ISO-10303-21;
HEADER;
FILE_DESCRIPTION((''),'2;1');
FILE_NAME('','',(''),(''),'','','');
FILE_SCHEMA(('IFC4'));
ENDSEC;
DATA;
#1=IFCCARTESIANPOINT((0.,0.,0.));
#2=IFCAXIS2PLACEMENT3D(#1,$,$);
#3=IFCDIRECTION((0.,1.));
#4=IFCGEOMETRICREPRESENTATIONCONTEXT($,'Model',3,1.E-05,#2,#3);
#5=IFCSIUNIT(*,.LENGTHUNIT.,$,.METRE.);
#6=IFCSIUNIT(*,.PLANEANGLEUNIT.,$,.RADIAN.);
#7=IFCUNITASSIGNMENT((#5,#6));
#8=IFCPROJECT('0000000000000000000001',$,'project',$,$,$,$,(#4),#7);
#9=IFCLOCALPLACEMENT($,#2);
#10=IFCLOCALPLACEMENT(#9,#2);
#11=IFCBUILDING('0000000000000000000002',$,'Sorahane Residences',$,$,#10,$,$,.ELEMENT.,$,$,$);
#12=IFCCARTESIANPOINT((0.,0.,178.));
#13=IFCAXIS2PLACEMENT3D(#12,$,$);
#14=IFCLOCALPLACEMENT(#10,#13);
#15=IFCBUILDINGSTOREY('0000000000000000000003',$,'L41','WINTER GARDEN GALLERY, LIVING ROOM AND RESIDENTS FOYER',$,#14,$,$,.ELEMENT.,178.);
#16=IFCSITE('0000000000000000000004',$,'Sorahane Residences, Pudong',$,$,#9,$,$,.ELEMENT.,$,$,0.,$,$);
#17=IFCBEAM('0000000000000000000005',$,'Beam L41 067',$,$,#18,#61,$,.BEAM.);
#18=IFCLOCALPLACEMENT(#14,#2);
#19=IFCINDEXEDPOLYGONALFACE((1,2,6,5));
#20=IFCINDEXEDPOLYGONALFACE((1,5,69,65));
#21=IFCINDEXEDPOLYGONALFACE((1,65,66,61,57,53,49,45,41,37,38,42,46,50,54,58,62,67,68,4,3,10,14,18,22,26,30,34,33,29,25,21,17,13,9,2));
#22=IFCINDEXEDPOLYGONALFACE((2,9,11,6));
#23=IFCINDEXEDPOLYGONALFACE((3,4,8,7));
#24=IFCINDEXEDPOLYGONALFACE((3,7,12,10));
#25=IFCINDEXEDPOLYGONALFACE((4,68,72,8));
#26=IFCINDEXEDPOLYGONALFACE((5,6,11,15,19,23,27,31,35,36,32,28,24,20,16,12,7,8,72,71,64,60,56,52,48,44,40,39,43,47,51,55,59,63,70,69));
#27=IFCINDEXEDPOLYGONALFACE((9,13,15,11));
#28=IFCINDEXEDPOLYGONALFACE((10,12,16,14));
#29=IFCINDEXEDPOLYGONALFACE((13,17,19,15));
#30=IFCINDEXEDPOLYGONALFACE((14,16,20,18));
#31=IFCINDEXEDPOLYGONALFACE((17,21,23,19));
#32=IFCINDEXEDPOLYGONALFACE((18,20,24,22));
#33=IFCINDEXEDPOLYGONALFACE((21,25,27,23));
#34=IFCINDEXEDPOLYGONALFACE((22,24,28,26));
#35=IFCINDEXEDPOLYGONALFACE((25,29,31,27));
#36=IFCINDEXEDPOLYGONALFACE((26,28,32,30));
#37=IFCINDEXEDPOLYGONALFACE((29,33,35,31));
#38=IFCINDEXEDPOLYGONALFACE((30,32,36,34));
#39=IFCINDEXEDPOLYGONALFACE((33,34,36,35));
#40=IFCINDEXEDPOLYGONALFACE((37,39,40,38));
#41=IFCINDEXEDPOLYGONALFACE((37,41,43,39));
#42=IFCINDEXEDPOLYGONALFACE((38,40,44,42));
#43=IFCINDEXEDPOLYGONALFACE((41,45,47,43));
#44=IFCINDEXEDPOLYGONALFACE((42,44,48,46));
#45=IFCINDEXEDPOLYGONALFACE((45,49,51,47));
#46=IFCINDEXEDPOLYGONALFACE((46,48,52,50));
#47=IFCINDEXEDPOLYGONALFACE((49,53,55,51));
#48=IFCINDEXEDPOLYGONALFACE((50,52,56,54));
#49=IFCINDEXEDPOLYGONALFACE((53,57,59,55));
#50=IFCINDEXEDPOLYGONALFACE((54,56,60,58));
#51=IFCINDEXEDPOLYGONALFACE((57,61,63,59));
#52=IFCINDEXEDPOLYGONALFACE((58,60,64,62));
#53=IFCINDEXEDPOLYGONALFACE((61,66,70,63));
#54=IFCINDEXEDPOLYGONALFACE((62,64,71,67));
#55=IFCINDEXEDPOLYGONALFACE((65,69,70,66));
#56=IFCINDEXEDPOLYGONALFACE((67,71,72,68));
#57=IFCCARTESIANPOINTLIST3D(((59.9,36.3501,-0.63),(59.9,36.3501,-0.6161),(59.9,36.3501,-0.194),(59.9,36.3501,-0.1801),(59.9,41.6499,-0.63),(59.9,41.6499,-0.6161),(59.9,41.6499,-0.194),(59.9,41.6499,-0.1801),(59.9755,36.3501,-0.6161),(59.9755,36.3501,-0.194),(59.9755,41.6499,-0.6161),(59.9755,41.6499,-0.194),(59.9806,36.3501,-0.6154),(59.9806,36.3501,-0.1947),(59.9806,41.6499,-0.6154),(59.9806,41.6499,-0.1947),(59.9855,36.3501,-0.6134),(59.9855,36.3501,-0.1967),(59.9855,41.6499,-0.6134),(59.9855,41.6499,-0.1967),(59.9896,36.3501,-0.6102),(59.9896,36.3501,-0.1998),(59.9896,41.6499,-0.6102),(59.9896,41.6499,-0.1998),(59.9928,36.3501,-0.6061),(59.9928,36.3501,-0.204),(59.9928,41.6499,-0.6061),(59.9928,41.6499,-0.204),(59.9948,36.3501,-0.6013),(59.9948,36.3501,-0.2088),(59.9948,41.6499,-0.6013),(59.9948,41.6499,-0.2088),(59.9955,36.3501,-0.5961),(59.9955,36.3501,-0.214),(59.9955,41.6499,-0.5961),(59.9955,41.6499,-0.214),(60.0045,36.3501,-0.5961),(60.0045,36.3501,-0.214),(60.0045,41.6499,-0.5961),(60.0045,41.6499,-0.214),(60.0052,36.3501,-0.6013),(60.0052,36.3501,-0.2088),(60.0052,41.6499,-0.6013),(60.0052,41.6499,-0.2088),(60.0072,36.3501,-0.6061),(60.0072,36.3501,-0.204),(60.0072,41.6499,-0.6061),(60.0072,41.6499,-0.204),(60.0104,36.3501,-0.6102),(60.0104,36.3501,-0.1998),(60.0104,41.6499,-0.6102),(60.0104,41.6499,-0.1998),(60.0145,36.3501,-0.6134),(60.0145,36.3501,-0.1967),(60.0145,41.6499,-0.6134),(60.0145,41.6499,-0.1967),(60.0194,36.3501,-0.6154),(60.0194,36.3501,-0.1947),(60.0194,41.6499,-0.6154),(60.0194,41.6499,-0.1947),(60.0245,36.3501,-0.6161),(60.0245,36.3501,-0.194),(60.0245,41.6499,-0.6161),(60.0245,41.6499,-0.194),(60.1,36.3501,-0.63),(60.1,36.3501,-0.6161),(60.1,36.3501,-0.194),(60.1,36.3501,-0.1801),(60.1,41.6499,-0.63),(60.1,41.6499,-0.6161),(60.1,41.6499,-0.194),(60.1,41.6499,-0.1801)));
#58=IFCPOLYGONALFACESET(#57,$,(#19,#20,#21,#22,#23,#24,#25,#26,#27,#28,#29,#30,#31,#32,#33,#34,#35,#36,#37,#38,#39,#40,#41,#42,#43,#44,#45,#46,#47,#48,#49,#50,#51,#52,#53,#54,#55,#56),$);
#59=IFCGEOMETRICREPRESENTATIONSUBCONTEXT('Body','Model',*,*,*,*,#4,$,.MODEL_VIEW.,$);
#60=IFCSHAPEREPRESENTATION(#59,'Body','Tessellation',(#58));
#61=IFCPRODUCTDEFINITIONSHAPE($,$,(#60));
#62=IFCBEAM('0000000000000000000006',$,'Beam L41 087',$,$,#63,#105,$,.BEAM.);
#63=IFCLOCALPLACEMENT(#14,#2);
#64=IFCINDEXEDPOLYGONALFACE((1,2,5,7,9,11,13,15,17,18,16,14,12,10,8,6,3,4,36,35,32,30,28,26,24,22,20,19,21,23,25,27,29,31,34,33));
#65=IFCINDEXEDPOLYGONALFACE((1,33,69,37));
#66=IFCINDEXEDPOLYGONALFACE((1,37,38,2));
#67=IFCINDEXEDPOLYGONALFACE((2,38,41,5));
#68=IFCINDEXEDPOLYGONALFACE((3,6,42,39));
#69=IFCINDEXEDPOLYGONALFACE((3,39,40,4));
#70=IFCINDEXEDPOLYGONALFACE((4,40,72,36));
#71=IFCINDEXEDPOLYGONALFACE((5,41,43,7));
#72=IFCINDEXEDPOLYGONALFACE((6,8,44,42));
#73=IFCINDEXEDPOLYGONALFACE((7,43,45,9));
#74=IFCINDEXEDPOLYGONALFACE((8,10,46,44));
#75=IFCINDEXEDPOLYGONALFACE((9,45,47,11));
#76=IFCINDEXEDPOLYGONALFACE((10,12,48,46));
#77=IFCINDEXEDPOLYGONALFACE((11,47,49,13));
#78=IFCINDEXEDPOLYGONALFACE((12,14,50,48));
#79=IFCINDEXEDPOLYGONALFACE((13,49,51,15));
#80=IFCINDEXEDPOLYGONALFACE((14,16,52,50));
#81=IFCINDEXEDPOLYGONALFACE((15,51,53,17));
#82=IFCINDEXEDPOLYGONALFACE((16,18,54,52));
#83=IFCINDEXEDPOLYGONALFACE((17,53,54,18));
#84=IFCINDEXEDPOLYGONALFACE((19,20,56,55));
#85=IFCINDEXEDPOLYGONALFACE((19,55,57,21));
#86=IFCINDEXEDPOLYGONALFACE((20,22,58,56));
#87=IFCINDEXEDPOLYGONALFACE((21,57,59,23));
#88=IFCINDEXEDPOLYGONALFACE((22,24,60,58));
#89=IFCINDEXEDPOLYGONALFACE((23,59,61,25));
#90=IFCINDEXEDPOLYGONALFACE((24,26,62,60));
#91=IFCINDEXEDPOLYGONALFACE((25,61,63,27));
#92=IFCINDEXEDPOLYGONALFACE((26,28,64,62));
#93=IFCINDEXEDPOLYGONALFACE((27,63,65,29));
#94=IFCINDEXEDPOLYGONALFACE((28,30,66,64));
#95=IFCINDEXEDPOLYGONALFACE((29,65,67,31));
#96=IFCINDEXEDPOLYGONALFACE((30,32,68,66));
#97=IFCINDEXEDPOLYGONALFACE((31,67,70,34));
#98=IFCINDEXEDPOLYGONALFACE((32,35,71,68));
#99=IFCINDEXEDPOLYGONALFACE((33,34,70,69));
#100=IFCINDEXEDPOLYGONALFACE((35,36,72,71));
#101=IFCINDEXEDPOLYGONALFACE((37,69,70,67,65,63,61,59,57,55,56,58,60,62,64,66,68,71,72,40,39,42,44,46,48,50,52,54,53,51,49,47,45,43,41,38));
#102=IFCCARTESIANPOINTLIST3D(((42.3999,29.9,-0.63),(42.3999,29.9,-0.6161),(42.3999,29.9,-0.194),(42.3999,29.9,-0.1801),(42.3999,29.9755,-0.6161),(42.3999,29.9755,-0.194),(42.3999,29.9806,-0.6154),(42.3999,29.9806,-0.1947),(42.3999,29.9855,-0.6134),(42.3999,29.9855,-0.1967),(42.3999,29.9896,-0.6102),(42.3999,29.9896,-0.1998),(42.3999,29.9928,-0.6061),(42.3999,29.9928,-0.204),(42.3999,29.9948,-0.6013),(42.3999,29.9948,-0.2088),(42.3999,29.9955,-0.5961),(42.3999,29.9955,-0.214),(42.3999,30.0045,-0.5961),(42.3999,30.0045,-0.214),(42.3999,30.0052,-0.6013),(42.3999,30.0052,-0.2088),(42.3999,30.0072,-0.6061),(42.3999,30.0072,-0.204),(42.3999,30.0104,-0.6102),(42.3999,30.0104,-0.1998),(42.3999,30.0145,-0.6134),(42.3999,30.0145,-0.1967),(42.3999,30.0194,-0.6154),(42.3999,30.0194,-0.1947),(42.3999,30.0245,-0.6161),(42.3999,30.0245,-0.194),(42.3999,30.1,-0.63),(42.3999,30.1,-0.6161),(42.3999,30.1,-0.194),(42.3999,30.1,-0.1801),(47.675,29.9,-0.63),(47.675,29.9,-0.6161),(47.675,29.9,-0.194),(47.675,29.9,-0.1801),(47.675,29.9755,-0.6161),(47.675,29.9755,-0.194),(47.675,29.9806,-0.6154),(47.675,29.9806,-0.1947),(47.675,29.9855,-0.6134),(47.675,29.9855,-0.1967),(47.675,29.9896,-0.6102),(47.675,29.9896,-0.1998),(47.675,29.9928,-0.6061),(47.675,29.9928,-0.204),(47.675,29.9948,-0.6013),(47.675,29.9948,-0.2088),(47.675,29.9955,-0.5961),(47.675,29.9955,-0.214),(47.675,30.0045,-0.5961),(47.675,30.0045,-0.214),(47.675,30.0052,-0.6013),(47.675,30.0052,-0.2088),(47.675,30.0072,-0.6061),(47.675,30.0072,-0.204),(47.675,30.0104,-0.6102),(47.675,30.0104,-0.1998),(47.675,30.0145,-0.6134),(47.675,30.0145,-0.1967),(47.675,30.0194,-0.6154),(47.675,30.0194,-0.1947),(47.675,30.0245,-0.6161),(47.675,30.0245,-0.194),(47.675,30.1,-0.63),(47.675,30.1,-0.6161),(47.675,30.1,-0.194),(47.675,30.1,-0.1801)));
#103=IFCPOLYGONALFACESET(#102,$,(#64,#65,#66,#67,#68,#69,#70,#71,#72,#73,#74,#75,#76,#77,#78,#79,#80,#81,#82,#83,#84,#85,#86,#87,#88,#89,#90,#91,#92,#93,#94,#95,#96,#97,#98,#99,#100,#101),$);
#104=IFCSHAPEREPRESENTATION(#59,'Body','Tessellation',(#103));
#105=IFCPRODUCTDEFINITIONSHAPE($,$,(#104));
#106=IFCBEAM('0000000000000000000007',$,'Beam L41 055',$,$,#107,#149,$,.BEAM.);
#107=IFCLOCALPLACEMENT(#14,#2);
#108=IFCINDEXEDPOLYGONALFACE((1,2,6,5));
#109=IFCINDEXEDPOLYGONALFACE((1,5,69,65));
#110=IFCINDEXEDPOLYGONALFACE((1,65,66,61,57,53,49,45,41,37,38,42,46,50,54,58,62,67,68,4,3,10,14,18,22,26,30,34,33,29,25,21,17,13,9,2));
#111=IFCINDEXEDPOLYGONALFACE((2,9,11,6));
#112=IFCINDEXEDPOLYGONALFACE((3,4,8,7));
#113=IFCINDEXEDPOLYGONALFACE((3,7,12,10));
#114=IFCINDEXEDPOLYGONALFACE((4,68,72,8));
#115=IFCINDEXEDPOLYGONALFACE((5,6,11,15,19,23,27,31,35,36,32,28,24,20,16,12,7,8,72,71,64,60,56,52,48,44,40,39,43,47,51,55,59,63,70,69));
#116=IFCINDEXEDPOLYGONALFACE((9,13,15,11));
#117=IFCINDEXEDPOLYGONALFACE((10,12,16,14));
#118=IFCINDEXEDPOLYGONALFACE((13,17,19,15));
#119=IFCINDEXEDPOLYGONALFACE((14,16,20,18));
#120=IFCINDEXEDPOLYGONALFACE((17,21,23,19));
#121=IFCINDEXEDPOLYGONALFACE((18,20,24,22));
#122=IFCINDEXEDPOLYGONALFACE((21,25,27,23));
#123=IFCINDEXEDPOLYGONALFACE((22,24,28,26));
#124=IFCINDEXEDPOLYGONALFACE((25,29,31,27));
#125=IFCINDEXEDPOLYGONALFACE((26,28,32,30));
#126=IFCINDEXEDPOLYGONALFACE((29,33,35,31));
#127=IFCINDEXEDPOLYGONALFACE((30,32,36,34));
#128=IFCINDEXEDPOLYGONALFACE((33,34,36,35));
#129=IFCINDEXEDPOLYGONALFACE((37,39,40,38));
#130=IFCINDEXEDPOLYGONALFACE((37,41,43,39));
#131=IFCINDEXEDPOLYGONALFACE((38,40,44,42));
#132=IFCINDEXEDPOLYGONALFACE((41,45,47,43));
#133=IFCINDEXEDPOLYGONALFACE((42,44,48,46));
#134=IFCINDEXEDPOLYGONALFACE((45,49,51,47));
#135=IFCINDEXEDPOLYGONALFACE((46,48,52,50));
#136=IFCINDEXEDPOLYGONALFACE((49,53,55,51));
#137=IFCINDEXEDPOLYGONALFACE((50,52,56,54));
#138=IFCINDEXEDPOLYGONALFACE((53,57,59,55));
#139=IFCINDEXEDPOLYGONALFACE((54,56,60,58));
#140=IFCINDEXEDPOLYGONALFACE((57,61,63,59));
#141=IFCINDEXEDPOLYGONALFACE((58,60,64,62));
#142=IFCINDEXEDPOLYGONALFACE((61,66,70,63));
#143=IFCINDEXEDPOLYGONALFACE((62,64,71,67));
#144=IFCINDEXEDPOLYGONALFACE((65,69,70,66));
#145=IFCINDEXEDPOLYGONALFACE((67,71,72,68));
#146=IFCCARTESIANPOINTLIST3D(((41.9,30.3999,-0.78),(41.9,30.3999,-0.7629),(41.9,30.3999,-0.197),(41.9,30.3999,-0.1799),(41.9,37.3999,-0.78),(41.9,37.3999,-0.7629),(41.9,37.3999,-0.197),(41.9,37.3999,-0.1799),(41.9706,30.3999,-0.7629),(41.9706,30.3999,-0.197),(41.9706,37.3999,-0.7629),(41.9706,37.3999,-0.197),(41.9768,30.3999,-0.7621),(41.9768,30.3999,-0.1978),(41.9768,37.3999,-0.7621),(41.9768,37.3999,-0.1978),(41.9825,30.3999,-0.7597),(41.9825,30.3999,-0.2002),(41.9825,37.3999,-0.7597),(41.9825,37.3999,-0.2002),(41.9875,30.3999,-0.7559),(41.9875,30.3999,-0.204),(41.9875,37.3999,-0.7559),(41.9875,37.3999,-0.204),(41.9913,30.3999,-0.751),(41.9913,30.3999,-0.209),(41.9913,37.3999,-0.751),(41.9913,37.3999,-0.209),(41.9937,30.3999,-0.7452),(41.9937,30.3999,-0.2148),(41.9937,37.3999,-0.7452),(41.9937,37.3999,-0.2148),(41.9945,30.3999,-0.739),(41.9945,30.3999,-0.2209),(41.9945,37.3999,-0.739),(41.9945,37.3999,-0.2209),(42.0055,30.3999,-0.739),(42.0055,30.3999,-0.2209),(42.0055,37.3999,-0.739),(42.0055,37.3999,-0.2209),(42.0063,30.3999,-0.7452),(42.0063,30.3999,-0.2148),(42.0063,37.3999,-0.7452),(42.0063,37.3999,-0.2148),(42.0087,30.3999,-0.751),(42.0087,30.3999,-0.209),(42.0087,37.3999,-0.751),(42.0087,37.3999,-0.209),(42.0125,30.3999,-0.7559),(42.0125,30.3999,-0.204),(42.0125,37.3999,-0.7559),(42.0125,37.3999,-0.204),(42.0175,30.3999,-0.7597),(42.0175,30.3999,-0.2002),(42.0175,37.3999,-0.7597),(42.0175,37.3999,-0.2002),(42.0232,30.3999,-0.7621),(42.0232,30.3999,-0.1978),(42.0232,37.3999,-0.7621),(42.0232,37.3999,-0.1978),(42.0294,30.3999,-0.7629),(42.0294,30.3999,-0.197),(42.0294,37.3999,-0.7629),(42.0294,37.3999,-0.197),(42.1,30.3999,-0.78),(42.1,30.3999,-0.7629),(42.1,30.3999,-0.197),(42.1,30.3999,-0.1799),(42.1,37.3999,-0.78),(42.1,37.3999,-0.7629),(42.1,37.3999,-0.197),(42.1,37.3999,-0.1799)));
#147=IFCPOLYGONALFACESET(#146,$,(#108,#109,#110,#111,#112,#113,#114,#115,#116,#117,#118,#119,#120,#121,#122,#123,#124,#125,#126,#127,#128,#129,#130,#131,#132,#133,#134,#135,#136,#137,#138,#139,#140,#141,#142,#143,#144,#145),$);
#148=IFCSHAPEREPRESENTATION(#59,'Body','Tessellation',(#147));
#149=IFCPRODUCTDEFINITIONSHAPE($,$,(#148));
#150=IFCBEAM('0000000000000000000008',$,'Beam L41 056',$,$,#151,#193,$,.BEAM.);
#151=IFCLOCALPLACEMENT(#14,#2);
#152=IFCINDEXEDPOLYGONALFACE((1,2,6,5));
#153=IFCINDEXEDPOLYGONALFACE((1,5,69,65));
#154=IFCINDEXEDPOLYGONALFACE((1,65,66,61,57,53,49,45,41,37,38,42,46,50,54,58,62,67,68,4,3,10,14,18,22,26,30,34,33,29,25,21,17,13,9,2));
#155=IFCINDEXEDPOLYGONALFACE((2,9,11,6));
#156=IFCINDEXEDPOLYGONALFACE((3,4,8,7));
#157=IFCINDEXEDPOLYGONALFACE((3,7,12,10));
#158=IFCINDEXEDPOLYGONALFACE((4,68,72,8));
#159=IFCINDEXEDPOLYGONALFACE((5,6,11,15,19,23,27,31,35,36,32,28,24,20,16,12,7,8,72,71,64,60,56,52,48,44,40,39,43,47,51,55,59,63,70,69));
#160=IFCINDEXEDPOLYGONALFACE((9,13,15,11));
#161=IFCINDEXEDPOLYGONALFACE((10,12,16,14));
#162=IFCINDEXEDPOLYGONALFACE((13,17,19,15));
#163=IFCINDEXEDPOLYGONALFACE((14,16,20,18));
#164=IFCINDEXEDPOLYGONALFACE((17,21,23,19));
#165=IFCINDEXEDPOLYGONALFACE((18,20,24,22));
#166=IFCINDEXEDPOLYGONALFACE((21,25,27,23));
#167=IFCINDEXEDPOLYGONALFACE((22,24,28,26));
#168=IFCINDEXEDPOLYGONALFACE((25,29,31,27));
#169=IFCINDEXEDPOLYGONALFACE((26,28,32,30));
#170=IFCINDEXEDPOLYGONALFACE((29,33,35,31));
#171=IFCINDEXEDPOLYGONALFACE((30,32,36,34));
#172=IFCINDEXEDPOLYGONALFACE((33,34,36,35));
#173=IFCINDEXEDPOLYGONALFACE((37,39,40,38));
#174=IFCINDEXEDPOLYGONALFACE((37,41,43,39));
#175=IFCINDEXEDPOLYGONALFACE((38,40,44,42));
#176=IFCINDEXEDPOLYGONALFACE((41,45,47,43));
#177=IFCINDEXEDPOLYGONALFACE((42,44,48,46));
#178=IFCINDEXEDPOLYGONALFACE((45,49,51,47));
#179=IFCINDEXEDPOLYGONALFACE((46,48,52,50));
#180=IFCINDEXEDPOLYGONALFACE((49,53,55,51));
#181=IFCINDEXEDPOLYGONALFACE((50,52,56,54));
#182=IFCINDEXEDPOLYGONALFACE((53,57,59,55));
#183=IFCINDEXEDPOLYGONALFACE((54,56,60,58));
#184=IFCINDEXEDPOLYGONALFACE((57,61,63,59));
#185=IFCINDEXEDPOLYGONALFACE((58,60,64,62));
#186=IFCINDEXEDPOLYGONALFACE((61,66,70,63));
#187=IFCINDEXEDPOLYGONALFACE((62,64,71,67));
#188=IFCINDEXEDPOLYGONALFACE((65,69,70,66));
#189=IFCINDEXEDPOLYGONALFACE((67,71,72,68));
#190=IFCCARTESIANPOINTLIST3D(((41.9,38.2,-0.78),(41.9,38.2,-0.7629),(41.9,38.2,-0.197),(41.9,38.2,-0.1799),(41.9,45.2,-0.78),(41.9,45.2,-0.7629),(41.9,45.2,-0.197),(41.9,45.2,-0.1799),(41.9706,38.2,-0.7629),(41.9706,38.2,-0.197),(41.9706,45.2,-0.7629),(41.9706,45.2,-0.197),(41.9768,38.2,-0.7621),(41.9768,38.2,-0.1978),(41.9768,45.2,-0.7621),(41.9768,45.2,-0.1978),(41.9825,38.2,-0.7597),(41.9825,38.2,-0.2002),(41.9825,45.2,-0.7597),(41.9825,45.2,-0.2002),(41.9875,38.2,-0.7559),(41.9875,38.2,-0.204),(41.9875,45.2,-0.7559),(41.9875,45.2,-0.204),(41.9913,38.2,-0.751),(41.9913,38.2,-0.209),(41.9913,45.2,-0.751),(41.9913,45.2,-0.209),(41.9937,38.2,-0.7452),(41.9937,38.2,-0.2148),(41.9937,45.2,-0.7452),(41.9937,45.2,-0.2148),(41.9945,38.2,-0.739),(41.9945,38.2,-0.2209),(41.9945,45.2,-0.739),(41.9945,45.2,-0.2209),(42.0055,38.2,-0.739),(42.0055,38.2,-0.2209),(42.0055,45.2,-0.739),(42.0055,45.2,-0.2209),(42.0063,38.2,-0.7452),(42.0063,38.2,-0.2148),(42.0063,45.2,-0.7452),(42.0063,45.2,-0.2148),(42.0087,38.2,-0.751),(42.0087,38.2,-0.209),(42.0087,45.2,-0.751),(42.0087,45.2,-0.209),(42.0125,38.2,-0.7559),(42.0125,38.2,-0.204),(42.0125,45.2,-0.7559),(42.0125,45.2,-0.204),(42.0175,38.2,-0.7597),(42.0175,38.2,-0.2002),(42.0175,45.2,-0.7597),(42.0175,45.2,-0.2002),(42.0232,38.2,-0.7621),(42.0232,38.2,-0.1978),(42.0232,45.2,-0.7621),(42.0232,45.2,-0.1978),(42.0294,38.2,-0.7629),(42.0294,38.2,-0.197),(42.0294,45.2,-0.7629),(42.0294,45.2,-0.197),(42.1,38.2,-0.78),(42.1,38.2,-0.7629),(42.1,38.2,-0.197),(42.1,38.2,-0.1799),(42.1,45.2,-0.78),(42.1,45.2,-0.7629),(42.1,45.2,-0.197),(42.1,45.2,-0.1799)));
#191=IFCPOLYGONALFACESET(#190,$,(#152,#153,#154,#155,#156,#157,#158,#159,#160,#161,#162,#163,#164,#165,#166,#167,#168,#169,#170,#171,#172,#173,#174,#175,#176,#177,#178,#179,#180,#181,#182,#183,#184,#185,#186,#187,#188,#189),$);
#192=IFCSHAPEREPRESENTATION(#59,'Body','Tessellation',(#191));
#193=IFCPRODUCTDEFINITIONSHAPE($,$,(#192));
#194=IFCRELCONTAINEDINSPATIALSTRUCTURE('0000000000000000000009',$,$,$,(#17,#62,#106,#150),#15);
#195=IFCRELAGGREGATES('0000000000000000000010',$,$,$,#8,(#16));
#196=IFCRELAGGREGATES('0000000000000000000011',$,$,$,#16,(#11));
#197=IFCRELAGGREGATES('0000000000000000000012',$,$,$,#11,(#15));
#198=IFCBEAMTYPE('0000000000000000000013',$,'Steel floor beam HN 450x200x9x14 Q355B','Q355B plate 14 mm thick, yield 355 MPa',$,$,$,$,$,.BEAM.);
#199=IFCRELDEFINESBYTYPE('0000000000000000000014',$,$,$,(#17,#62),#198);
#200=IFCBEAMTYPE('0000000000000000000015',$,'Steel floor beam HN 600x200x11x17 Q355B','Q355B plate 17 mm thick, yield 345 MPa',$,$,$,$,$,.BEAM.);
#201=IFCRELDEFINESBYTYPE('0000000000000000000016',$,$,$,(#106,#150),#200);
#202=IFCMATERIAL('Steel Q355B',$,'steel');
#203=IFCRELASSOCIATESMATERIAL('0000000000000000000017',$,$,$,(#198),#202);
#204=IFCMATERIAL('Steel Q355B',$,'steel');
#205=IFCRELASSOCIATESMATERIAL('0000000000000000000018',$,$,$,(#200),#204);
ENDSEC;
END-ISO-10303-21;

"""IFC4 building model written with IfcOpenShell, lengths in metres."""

from ifc_helpers import new_model, si_unit, direction, frame, origin, origin_2d, place, context, subcontext, project, spatial, i_section, extrude, material, material_profile, profile_set, type_object, element, save


model = new_model("IFC4")

# Units and contexts
model_context = context("Model", 3, precision=1e-05, world=origin(), true_north=direction((0.0, 1.0)))
body_context = subcontext(model_context, "Body", "Model", "MODEL_VIEW")
ifc_project = project(units=[si_unit("LENGTHUNIT", "METRE"), si_unit("PLANEANGLEUNIT", "RADIAN")], contexts=[model_context])

# Site, building, storey
site_placement = place(None, origin())
site = spatial("IfcSite", under=ifc_project, at=site_placement, Name="Sorahane Residences, Pudong", CompositionType="ELEMENT", RefElevation=0.0)
building_placement = place(site_placement, origin())
building = spatial("IfcBuilding", under=site, at=building_placement, Name="Sorahane Residences", CompositionType="ELEMENT")
storey_placement = place(building_placement, frame((0.0, 0.0, 178.0)))
storey = spatial("IfcBuildingStorey", under=building, at=storey_placement, Name="L41", Description="WINTER GARDEN GALLERY, LIVING ROOM AND RESIDENTS FOYER", CompositionType="ELEMENT", Elevation=178.0)

# Beams
ifc_material_1 = material(Name="Steel Q355B", Category="steel")
ifc_material_profile_1 = material_profile(ifc_material_1, i_section(OverallWidth=0.2, OverallDepth=0.45, WebThickness=0.009, FlangeThickness=0.0139, FilletRadius=0.02, at=origin_2d()), Name="HN 450x200x9x14")
ifc_profile_set_1 = profile_set([ifc_material_profile_1], Name="Steel Q355B")
beam_type_1 = type_object("IfcBeamType", Name="Steel floor beam HN 450x200x9x14 Q355B", Description="Q355B plate 14 mm thick, yield 355 MPa", PredefinedType="BEAM", material=ifc_profile_set_1)
beam_1_placement = place(storey_placement, frame((60.0, 36.3501, -0.405), z_axis=(0.0, 1.0, 0.0), x_axis=(-1.0, 0.0, 0.0)))
element("IfcBeam", 1, at=beam_1_placement, inside=storey, type_object=beam_type_1, Name="Beam L41 067", PredefinedType="BEAM", context=body_context, shape_type="SweptSolid", body=[
    extrude(i_section(OverallWidth=0.2, OverallDepth=0.45, WebThickness=0.009, FlangeThickness=0.0139, FilletRadius=0.02, at=origin_2d()), origin(), (0.0, 0.0, 1.0), 5.2998),
])
beam_2_placement = place(storey_placement, frame((42.3999, 30.0, -0.405), z_axis=(1.0, 0.0, 0.0), x_axis=(0.0, 1.0, 0.0)))
element("IfcBeam", 2, at=beam_2_placement, inside=storey, type_object=beam_type_1, Name="Beam L41 087", PredefinedType="BEAM", context=body_context, shape_type="SweptSolid", body=[
    extrude(i_section(OverallWidth=0.2, OverallDepth=0.45, WebThickness=0.009, FlangeThickness=0.0139, FilletRadius=0.02, at=origin_2d()), origin(), (0.0, 0.0, 1.0), 5.2751),
])
ifc_material_2 = material(Name="Steel Q355B", Category="steel")
ifc_material_profile_2 = material_profile(ifc_material_2, i_section(OverallWidth=0.2, OverallDepth=0.6001, WebThickness=0.011, FlangeThickness=0.0171, FilletRadius=0.0239, at=origin_2d()), Name="HN 600x200x11x17")
ifc_profile_set_2 = profile_set([ifc_material_profile_2], Name="Steel Q355B")
beam_type_2 = type_object("IfcBeamType", Name="Steel floor beam HN 600x200x11x17 Q355B", Description="Q355B plate 17 mm thick, yield 345 MPa", PredefinedType="BEAM", material=ifc_profile_set_2)
for number, where, z_axis, x_axis, name in (
    (3, (42.0, 30.3999, -0.48), (0.0, 1.0, 0.0), (-1.0, 0.0, 0.0), "Beam L41 055"),
    (4, (42.0, 38.2, -0.48), (0.0, 1.0, 0.0), (-1.0, 0.0, 0.0), "Beam L41 056"),
):
    element("IfcBeam", number, at=place(storey_placement, frame(where, z_axis=z_axis, x_axis=x_axis)), inside=storey, type_object=beam_type_2, Name=name, PredefinedType="BEAM", context=body_context, shape_type="SweptSolid", body=[
        extrude(i_section(OverallWidth=0.2, OverallDepth=0.6001, WebThickness=0.011, FlangeThickness=0.0171, FilletRadius=0.0239, at=origin_2d()), origin(), (0.0, 0.0, 1.0), 7.0),
    ])

save(model, "model.ifc")
